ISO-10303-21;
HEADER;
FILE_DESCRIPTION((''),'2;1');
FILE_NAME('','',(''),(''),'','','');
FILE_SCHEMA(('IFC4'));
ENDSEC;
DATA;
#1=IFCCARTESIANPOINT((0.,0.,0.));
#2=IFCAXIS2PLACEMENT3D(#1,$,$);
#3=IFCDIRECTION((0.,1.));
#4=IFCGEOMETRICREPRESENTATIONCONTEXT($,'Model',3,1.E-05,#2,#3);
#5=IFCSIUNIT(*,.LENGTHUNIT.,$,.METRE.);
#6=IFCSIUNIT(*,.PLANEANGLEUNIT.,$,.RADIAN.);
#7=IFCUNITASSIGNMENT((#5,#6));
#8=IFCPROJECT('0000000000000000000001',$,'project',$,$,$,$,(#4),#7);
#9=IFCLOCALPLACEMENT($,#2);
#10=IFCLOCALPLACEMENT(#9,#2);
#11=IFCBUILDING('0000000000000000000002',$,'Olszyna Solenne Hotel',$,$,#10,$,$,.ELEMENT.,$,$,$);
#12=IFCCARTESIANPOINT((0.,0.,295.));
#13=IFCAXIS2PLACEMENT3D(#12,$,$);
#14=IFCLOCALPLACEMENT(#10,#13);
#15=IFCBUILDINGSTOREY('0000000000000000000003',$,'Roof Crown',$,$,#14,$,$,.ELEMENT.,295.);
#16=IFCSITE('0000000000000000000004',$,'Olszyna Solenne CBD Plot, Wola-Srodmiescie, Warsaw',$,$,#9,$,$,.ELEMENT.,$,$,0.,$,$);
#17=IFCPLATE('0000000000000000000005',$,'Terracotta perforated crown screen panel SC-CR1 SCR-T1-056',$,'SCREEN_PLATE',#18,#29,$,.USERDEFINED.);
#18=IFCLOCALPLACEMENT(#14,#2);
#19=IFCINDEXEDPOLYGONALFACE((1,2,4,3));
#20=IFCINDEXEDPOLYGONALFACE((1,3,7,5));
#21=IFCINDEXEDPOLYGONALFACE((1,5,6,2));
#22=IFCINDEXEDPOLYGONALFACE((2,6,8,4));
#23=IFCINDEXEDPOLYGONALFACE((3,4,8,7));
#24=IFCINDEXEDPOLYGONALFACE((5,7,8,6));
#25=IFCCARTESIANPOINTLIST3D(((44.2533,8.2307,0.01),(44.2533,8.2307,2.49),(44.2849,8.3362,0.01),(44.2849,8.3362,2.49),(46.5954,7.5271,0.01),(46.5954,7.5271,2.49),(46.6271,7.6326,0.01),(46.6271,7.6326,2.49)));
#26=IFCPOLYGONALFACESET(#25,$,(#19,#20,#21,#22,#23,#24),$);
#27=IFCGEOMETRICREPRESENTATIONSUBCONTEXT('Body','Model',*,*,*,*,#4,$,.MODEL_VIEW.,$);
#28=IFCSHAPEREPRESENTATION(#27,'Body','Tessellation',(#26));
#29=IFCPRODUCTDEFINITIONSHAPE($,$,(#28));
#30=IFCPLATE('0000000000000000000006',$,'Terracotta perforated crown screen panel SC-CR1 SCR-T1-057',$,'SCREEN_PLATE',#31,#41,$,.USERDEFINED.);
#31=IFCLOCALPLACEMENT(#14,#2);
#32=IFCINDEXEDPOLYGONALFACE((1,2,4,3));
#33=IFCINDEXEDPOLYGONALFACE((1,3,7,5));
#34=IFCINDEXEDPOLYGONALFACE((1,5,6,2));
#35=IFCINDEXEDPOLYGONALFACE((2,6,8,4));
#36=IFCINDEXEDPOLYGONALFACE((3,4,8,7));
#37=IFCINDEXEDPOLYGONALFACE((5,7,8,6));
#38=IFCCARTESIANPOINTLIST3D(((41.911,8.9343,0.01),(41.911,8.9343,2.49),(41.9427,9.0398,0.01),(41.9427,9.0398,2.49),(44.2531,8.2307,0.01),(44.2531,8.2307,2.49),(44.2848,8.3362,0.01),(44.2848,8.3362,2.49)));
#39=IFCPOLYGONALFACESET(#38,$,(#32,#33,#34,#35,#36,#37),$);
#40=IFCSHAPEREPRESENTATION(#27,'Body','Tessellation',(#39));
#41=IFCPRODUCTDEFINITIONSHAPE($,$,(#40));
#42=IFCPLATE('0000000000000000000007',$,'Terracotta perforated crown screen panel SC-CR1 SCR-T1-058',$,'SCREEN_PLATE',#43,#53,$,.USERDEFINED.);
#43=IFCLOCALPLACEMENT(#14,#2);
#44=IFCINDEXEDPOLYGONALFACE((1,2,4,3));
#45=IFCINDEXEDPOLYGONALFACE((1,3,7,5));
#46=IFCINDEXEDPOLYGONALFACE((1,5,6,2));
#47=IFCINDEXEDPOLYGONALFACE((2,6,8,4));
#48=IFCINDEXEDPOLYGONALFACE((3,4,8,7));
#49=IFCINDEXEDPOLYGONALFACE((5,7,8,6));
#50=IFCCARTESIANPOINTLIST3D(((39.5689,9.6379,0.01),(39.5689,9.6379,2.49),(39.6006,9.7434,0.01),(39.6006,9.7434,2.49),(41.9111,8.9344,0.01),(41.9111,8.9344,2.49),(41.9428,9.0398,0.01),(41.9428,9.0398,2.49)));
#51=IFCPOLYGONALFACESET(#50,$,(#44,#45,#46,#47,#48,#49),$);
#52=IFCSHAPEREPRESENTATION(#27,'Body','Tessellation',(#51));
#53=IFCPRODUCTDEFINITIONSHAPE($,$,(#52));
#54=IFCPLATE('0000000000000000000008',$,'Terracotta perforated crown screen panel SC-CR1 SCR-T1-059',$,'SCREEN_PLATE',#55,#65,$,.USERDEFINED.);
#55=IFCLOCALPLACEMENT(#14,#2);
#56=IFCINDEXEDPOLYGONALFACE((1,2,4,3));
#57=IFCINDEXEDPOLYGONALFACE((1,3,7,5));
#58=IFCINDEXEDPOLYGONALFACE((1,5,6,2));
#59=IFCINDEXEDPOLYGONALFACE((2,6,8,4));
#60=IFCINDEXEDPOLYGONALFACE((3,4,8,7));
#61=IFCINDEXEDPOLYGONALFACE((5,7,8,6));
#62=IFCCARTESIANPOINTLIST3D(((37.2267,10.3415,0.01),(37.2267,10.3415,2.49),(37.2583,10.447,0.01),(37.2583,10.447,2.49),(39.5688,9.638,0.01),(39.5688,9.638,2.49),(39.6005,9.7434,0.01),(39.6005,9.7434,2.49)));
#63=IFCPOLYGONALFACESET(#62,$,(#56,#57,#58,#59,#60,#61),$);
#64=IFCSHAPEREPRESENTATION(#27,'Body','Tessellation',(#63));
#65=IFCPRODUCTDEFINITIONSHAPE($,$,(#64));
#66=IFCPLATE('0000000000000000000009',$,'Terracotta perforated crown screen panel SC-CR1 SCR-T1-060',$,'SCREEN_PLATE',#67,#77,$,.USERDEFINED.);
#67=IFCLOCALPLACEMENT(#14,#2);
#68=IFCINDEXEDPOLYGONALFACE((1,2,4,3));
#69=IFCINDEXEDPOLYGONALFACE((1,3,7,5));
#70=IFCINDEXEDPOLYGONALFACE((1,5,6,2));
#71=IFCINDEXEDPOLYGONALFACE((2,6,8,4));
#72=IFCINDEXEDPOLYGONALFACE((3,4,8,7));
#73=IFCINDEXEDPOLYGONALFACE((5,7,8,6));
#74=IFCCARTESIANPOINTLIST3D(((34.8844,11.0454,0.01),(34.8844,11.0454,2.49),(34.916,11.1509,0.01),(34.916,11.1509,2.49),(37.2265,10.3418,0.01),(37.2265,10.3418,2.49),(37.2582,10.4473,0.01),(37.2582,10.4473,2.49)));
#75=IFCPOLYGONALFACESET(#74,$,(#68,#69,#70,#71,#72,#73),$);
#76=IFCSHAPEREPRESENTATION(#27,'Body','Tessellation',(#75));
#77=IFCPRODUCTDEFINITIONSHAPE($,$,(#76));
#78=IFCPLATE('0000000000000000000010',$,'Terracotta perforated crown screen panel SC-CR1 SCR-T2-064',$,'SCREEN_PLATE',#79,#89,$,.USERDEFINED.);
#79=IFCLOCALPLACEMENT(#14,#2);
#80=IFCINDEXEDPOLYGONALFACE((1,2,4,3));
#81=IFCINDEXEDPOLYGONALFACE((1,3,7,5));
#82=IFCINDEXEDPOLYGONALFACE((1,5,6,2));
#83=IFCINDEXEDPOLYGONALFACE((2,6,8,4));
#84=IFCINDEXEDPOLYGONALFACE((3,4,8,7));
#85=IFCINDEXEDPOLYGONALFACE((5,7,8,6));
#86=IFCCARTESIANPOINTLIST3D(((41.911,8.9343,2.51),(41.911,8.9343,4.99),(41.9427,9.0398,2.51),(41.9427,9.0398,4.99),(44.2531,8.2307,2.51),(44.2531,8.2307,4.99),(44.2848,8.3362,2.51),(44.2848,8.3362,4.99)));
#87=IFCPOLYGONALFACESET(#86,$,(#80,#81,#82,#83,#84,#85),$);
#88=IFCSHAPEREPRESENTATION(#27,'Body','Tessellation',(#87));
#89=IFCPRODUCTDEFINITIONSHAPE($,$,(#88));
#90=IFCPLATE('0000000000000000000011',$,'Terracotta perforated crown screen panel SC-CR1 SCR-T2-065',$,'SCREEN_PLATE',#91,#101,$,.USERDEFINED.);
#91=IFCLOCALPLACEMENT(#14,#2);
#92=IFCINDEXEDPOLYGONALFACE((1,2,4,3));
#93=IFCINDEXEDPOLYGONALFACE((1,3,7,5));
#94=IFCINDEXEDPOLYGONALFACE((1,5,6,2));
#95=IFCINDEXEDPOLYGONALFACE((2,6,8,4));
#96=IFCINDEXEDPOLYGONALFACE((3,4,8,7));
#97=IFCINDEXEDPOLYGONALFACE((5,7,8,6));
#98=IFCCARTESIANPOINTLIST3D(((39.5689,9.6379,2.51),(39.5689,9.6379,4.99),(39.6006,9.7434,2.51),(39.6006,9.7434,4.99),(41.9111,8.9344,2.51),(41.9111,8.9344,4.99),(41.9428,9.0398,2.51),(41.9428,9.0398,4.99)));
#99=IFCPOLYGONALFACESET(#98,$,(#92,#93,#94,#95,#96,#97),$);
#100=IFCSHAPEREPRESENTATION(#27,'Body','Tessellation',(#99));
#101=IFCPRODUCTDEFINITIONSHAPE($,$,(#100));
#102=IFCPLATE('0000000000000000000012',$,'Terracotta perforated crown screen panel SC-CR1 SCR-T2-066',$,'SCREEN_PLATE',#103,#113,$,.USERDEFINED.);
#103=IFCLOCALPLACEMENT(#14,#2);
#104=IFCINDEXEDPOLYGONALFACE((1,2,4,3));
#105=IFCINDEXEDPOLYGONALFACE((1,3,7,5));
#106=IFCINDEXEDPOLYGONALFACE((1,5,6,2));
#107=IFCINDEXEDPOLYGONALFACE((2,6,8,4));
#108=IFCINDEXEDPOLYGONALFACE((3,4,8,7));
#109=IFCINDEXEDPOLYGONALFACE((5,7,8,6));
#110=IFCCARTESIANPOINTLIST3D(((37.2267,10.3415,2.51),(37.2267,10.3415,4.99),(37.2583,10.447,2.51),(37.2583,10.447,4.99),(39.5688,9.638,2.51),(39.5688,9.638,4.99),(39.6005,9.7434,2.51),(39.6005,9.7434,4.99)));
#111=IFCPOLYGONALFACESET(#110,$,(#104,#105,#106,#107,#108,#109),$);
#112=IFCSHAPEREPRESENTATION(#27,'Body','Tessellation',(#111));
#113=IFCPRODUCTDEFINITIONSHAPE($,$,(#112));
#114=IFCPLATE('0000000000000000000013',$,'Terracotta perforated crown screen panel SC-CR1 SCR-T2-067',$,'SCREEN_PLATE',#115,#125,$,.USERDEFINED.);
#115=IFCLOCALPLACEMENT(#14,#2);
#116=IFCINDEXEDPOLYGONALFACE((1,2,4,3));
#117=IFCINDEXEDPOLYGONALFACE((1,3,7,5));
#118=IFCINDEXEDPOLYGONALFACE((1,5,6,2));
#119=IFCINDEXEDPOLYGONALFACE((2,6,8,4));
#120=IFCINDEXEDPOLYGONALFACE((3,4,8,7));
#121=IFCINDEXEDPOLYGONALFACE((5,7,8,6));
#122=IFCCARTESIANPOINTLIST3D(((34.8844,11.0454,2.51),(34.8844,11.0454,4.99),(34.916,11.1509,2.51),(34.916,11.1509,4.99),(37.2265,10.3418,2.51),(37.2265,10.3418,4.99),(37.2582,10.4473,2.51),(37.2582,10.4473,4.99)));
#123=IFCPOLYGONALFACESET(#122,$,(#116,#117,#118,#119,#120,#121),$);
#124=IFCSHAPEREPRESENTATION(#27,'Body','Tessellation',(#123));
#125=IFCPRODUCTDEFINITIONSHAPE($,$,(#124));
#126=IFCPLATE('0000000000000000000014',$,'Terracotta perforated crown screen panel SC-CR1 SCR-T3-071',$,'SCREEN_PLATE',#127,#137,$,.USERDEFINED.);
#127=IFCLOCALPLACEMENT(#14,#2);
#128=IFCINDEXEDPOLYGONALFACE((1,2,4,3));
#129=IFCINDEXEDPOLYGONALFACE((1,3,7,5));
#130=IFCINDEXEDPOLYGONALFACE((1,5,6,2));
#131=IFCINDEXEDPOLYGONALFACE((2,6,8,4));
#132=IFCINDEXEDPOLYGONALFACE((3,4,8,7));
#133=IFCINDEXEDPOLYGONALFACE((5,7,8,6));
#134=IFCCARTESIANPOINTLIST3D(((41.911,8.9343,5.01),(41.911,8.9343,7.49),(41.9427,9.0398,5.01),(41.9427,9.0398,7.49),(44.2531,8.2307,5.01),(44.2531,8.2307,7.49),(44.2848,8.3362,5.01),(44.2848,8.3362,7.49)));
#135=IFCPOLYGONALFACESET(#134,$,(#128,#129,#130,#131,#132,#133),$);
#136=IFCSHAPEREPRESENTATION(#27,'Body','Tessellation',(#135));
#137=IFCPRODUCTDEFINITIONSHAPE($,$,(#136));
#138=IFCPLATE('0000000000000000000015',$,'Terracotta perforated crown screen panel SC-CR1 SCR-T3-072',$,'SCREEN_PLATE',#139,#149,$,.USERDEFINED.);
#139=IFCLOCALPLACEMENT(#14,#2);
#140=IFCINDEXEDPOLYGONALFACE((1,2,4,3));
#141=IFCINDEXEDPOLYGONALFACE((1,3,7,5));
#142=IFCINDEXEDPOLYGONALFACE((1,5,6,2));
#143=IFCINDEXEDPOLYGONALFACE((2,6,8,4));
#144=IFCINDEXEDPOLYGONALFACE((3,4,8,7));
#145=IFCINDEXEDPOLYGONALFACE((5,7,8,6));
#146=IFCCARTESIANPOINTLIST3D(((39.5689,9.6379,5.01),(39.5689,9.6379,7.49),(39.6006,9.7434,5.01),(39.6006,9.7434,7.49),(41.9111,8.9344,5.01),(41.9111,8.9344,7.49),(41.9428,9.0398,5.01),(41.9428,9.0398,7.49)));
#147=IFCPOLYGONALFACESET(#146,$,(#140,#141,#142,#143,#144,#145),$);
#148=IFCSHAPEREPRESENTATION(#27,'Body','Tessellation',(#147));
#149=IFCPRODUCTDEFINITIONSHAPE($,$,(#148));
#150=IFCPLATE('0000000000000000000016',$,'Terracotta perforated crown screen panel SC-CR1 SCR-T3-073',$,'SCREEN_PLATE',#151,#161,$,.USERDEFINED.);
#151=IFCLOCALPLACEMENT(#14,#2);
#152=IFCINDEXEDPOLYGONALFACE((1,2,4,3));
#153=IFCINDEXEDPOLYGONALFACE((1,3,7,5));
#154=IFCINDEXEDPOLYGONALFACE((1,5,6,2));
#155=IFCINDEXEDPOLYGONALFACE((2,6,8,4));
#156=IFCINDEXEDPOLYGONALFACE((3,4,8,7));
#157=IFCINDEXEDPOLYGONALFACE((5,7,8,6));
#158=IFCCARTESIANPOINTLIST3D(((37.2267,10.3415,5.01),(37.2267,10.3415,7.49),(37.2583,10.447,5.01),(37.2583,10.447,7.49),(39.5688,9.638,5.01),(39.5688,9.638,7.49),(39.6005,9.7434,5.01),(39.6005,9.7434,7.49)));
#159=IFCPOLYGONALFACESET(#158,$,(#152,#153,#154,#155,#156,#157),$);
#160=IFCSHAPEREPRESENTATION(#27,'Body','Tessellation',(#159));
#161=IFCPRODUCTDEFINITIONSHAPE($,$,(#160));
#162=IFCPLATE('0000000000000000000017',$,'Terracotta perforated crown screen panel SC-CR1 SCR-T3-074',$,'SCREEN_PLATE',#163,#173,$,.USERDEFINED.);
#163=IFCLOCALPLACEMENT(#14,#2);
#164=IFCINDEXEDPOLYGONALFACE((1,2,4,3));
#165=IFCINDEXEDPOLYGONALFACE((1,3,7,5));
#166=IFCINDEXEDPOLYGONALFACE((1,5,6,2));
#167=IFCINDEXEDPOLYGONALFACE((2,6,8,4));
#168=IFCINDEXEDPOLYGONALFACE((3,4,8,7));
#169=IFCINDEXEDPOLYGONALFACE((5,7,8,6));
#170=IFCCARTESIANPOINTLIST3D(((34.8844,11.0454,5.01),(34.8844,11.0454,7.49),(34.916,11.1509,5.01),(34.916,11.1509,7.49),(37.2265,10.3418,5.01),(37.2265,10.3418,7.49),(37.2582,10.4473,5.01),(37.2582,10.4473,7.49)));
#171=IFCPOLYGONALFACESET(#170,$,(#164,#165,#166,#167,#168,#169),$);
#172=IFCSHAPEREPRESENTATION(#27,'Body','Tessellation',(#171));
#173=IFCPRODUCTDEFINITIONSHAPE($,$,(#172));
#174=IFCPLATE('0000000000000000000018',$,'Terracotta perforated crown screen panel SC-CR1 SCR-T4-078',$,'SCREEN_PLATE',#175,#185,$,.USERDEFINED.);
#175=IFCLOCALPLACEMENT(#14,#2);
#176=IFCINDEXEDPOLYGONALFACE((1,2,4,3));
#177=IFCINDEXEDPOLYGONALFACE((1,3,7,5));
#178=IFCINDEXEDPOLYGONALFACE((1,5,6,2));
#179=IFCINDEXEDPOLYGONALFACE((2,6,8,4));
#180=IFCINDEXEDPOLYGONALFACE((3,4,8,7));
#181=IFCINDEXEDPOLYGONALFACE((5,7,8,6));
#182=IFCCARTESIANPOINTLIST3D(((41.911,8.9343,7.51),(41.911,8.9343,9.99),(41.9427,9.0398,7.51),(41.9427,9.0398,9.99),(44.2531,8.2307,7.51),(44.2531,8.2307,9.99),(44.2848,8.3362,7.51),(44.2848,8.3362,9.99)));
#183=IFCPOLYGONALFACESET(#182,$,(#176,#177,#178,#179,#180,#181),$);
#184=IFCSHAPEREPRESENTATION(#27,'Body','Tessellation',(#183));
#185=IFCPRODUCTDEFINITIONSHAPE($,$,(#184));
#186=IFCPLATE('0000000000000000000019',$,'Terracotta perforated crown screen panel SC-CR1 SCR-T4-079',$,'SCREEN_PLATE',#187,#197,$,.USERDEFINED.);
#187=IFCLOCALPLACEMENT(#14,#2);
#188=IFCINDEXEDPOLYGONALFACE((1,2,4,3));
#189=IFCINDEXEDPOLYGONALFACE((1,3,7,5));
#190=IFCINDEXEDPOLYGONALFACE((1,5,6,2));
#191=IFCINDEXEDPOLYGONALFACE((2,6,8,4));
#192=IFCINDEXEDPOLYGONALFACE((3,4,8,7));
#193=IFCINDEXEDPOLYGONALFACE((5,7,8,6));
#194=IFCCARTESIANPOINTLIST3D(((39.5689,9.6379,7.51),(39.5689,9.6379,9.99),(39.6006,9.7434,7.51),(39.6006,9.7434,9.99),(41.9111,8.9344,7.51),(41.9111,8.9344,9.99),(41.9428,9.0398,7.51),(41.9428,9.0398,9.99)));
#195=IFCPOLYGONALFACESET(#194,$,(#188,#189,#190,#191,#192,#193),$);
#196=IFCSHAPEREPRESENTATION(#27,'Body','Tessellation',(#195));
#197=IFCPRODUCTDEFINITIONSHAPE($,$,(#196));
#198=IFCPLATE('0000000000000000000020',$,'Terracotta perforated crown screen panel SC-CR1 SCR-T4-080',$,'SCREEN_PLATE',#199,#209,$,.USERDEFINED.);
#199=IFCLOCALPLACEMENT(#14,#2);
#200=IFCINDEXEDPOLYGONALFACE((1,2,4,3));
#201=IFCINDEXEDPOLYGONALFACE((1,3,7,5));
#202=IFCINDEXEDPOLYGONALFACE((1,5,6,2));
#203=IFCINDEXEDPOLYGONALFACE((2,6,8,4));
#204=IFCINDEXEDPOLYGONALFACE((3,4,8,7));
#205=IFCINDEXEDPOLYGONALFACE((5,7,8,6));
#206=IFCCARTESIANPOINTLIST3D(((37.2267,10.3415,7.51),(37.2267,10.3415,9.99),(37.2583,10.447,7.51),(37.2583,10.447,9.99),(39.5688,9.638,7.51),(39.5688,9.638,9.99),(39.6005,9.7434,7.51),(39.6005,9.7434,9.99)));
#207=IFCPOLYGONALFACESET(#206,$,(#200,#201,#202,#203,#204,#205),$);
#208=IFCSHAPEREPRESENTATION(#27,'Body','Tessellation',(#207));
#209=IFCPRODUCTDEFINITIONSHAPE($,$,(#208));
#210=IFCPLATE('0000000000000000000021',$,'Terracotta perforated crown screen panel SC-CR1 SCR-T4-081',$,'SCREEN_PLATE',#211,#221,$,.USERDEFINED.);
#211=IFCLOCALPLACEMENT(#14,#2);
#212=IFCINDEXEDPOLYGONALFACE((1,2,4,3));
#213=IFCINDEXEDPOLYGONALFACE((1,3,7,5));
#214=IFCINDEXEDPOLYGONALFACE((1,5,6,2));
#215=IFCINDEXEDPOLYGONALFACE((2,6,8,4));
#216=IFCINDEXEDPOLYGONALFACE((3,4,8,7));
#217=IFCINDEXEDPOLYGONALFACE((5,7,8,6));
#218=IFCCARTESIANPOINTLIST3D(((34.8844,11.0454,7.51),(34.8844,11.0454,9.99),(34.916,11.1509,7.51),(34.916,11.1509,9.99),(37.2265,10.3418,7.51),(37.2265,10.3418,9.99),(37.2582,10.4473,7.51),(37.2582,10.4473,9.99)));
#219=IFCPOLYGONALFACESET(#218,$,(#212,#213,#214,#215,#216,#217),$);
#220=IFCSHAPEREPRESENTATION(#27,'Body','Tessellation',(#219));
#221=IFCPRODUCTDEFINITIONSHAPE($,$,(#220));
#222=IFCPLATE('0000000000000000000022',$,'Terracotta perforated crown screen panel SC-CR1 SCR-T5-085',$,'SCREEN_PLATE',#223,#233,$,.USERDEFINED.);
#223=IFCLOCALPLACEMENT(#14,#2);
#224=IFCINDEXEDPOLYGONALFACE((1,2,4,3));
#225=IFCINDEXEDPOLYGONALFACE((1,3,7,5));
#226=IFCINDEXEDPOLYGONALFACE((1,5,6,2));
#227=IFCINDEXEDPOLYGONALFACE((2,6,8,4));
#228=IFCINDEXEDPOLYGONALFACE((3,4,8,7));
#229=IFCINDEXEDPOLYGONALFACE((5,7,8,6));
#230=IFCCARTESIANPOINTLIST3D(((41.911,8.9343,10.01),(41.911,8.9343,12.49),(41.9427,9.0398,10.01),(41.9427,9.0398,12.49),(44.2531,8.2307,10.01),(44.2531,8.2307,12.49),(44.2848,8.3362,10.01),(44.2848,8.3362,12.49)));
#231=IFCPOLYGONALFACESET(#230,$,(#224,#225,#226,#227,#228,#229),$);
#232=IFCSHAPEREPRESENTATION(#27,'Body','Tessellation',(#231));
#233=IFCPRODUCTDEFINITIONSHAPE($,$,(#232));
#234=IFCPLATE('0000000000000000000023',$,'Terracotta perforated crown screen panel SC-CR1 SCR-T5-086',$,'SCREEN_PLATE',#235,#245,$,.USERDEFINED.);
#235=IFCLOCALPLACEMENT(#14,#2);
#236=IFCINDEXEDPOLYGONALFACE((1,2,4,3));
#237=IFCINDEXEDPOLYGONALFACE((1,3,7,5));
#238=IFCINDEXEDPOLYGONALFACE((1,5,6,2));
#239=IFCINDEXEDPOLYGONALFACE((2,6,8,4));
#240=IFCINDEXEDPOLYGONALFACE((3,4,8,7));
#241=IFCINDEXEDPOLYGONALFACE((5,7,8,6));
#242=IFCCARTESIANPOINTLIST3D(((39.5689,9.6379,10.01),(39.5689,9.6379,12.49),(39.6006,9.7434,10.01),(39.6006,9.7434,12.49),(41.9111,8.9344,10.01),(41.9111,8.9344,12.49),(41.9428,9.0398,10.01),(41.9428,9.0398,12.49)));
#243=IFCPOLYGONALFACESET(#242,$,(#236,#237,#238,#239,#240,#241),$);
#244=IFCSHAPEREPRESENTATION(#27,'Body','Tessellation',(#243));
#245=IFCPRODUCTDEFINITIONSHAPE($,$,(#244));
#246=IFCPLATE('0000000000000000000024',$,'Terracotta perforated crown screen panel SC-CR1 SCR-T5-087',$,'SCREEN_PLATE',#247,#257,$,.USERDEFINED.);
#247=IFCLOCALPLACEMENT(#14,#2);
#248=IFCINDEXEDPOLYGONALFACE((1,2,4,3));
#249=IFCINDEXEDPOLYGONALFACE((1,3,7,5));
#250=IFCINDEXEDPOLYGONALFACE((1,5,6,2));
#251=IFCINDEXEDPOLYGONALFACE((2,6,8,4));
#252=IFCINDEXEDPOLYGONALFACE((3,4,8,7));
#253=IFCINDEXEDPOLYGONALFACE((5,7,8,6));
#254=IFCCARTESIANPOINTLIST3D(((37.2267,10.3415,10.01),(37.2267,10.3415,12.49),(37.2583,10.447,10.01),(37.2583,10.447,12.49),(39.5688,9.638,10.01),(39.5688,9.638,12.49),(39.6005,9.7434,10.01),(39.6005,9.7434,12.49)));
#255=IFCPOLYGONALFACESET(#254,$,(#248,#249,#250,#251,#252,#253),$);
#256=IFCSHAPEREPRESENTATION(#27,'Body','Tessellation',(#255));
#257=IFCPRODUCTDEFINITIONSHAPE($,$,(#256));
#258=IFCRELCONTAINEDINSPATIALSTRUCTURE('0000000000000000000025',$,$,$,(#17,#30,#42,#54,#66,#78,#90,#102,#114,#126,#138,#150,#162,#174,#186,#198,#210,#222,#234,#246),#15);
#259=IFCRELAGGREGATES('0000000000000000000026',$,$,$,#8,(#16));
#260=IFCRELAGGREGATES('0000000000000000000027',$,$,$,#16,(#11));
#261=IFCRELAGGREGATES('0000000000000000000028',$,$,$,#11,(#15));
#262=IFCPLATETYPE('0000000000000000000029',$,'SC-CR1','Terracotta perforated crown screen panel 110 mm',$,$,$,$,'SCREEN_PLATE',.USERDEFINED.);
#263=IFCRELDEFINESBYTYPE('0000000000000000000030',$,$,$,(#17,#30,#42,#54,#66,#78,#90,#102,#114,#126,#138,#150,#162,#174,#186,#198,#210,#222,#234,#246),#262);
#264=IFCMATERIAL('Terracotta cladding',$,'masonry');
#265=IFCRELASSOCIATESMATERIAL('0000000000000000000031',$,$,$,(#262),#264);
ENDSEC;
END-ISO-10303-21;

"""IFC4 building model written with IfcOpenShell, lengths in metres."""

from ifc_helpers import new_model, si_unit, direction, frame, origin, origin_2d, place, context, subcontext, project, spatial, rectangle, extrude, source, transform, mapped, material, type_object, element, save


model = new_model("IFC4")

# Units and contexts
model_context = context("Model", 3, precision=1e-05, world=origin(), true_north=direction((0.0, 1.0)))
body_context = subcontext(model_context, "Body", "Model", "MODEL_VIEW")
ifc_project = project(units=[si_unit("LENGTHUNIT", "METRE"), si_unit("PLANEANGLEUNIT", "RADIAN")], contexts=[model_context])

# Site, building, storey
site_placement = place(None, origin())
site = spatial("IfcSite", under=ifc_project, at=site_placement, Name="Olszyna Solenne CBD Plot, Wola-Srodmiescie, Warsaw", CompositionType="ELEMENT", RefElevation=0.0)
building_placement = place(site_placement, origin())
building = spatial("IfcBuilding", under=site, at=building_placement, Name="Olszyna Solenne Hotel", CompositionType="ELEMENT")
storey_placement = place(building_placement, frame((0.0, 0.0, 295.0)))
storey = spatial("IfcBuildingStorey", under=building, at=storey_placement, Name="Roof Crown", CompositionType="ELEMENT", Elevation=295.0)

# Plates
ifc_material_1 = material(Name="Terracotta cladding", Category="masonry")
plate_type = type_object("IfcPlateType", Name="SC-CR1", Description="Terracotta perforated crown screen panel 110 mm", ElementType="SCREEN_PLATE", PredefinedType="USERDEFINED", material=ifc_material_1)
shared_shape_1 = source(origin(), body_context, "Body", "SweptSolid", [
    extrude(rectangle(XDim=2.4456, YDim=0.1101, at=origin_2d()), origin(), (0.0, 0.0, 1.0), 2.48),
])
for number, where, z_axis, x_axis, name in (
    (1, (45.4402, 7.9316, 0.01), (0.0, 0.0, 1.0), (-0.957722, 0.287695, 0.0), "Terracotta perforated crown screen panel SC-CR1 SCR-T1-056"),
    (2, (43.0979, 8.6353, 0.01), (0.0, 0.0, 1.0), (-0.957722, 0.287695, 0.0), "Terracotta perforated crown screen panel SC-CR1 SCR-T1-057"),
    (3, (40.7559, 9.3389, 0.01), (0.0, 0.0, 1.0), (-0.957722, 0.287695, 0.0), "Terracotta perforated crown screen panel SC-CR1 SCR-T1-058"),
    (4, (38.4136, 10.0425, 0.01), (0.0, 0.0, 1.0), (-0.957722, 0.287695, 0.0), "Terracotta perforated crown screen panel SC-CR1 SCR-T1-059"),
    (5, (36.0713, 10.7463, 0.01), (0.0, 0.0, 1.0), (-0.957722, 0.287695, 0.0), "Terracotta perforated crown screen panel SC-CR1 SCR-T1-060"),
    (6, (43.0979, 8.6353, 2.51), (0.0, 0.0, 1.0), (-0.957722, 0.287695, 0.0), "Terracotta perforated crown screen panel SC-CR1 SCR-T2-064"),
    (7, (40.7559, 9.3389, 2.51), (0.0, 0.0, 1.0), (-0.957722, 0.287695, 0.0), "Terracotta perforated crown screen panel SC-CR1 SCR-T2-065"),
    (8, (38.4136, 10.0425, 2.51), (0.0, 0.0, 1.0), (-0.957722, 0.287695, 0.0), "Terracotta perforated crown screen panel SC-CR1 SCR-T2-066"),
    (9, (36.0713, 10.7463, 2.51), (0.0, 0.0, 1.0), (-0.957722, 0.287695, 0.0), "Terracotta perforated crown screen panel SC-CR1 SCR-T2-067"),
    (10, (43.0979, 8.6353, 5.01), (0.0, 0.0, 1.0), (-0.957722, 0.287695, 0.0), "Terracotta perforated crown screen panel SC-CR1 SCR-T3-071"),
    (11, (40.7559, 9.3389, 5.01), (0.0, 0.0, 1.0), (-0.957722, 0.287695, 0.0), "Terracotta perforated crown screen panel SC-CR1 SCR-T3-072"),
    (12, (38.4136, 10.0425, 5.01), (0.0, 0.0, 1.0), (-0.957722, 0.287695, 0.0), "Terracotta perforated crown screen panel SC-CR1 SCR-T3-073"),
    (13, (36.0713, 10.7463, 5.01), (0.0, 0.0, 1.0), (-0.957722, 0.287695, 0.0), "Terracotta perforated crown screen panel SC-CR1 SCR-T3-074"),
    (14, (43.0979, 8.6353, 7.51), (0.0, 0.0, 1.0), (-0.957722, 0.287695, 0.0), "Terracotta perforated crown screen panel SC-CR1 SCR-T4-078"),
    (15, (40.7559, 9.3389, 7.51), (0.0, 0.0, 1.0), (-0.957722, 0.287695, 0.0), "Terracotta perforated crown screen panel SC-CR1 SCR-T4-079"),
    (16, (38.4136, 10.0425, 7.51), (0.0, 0.0, 1.0), (-0.957722, 0.287695, 0.0), "Terracotta perforated crown screen panel SC-CR1 SCR-T4-080"),
    (17, (36.0713, 10.7463, 7.51), (0.0, 0.0, 1.0), (-0.957722, 0.287695, 0.0), "Terracotta perforated crown screen panel SC-CR1 SCR-T4-081"),
    (18, (43.0979, 8.6353, 10.01), (0.0, 0.0, 1.0), (-0.957722, 0.287695, 0.0), "Terracotta perforated crown screen panel SC-CR1 SCR-T5-085"),
    (19, (40.7559, 9.3389, 10.01), (0.0, 0.0, 1.0), (-0.957722, 0.287695, 0.0), "Terracotta perforated crown screen panel SC-CR1 SCR-T5-086"),
    (20, (38.4136, 10.0425, 10.01), (0.0, 0.0, 1.0), (-0.957722, 0.287695, 0.0), "Terracotta perforated crown screen panel SC-CR1 SCR-T5-087"),
):
    element("IfcPlate", number, at=place(storey_placement, frame(where, z_axis=z_axis, x_axis=x_axis)), inside=storey, type_object=plate_type, Name=name, ObjectType="SCREEN_PLATE", PredefinedType="USERDEFINED", context=body_context, shape_type="MappedRepresentation", body=[
        mapped(shared_shape_1, transform((0.0, 0.0, 0.0), x_axis=(1.0, 0.0, 0.0), y_axis=(0.0, 1.0, 0.0), z_axis=(0.0, 0.0, 1.0), scale=1.0)),
    ])

save(model, "model.ifc")
